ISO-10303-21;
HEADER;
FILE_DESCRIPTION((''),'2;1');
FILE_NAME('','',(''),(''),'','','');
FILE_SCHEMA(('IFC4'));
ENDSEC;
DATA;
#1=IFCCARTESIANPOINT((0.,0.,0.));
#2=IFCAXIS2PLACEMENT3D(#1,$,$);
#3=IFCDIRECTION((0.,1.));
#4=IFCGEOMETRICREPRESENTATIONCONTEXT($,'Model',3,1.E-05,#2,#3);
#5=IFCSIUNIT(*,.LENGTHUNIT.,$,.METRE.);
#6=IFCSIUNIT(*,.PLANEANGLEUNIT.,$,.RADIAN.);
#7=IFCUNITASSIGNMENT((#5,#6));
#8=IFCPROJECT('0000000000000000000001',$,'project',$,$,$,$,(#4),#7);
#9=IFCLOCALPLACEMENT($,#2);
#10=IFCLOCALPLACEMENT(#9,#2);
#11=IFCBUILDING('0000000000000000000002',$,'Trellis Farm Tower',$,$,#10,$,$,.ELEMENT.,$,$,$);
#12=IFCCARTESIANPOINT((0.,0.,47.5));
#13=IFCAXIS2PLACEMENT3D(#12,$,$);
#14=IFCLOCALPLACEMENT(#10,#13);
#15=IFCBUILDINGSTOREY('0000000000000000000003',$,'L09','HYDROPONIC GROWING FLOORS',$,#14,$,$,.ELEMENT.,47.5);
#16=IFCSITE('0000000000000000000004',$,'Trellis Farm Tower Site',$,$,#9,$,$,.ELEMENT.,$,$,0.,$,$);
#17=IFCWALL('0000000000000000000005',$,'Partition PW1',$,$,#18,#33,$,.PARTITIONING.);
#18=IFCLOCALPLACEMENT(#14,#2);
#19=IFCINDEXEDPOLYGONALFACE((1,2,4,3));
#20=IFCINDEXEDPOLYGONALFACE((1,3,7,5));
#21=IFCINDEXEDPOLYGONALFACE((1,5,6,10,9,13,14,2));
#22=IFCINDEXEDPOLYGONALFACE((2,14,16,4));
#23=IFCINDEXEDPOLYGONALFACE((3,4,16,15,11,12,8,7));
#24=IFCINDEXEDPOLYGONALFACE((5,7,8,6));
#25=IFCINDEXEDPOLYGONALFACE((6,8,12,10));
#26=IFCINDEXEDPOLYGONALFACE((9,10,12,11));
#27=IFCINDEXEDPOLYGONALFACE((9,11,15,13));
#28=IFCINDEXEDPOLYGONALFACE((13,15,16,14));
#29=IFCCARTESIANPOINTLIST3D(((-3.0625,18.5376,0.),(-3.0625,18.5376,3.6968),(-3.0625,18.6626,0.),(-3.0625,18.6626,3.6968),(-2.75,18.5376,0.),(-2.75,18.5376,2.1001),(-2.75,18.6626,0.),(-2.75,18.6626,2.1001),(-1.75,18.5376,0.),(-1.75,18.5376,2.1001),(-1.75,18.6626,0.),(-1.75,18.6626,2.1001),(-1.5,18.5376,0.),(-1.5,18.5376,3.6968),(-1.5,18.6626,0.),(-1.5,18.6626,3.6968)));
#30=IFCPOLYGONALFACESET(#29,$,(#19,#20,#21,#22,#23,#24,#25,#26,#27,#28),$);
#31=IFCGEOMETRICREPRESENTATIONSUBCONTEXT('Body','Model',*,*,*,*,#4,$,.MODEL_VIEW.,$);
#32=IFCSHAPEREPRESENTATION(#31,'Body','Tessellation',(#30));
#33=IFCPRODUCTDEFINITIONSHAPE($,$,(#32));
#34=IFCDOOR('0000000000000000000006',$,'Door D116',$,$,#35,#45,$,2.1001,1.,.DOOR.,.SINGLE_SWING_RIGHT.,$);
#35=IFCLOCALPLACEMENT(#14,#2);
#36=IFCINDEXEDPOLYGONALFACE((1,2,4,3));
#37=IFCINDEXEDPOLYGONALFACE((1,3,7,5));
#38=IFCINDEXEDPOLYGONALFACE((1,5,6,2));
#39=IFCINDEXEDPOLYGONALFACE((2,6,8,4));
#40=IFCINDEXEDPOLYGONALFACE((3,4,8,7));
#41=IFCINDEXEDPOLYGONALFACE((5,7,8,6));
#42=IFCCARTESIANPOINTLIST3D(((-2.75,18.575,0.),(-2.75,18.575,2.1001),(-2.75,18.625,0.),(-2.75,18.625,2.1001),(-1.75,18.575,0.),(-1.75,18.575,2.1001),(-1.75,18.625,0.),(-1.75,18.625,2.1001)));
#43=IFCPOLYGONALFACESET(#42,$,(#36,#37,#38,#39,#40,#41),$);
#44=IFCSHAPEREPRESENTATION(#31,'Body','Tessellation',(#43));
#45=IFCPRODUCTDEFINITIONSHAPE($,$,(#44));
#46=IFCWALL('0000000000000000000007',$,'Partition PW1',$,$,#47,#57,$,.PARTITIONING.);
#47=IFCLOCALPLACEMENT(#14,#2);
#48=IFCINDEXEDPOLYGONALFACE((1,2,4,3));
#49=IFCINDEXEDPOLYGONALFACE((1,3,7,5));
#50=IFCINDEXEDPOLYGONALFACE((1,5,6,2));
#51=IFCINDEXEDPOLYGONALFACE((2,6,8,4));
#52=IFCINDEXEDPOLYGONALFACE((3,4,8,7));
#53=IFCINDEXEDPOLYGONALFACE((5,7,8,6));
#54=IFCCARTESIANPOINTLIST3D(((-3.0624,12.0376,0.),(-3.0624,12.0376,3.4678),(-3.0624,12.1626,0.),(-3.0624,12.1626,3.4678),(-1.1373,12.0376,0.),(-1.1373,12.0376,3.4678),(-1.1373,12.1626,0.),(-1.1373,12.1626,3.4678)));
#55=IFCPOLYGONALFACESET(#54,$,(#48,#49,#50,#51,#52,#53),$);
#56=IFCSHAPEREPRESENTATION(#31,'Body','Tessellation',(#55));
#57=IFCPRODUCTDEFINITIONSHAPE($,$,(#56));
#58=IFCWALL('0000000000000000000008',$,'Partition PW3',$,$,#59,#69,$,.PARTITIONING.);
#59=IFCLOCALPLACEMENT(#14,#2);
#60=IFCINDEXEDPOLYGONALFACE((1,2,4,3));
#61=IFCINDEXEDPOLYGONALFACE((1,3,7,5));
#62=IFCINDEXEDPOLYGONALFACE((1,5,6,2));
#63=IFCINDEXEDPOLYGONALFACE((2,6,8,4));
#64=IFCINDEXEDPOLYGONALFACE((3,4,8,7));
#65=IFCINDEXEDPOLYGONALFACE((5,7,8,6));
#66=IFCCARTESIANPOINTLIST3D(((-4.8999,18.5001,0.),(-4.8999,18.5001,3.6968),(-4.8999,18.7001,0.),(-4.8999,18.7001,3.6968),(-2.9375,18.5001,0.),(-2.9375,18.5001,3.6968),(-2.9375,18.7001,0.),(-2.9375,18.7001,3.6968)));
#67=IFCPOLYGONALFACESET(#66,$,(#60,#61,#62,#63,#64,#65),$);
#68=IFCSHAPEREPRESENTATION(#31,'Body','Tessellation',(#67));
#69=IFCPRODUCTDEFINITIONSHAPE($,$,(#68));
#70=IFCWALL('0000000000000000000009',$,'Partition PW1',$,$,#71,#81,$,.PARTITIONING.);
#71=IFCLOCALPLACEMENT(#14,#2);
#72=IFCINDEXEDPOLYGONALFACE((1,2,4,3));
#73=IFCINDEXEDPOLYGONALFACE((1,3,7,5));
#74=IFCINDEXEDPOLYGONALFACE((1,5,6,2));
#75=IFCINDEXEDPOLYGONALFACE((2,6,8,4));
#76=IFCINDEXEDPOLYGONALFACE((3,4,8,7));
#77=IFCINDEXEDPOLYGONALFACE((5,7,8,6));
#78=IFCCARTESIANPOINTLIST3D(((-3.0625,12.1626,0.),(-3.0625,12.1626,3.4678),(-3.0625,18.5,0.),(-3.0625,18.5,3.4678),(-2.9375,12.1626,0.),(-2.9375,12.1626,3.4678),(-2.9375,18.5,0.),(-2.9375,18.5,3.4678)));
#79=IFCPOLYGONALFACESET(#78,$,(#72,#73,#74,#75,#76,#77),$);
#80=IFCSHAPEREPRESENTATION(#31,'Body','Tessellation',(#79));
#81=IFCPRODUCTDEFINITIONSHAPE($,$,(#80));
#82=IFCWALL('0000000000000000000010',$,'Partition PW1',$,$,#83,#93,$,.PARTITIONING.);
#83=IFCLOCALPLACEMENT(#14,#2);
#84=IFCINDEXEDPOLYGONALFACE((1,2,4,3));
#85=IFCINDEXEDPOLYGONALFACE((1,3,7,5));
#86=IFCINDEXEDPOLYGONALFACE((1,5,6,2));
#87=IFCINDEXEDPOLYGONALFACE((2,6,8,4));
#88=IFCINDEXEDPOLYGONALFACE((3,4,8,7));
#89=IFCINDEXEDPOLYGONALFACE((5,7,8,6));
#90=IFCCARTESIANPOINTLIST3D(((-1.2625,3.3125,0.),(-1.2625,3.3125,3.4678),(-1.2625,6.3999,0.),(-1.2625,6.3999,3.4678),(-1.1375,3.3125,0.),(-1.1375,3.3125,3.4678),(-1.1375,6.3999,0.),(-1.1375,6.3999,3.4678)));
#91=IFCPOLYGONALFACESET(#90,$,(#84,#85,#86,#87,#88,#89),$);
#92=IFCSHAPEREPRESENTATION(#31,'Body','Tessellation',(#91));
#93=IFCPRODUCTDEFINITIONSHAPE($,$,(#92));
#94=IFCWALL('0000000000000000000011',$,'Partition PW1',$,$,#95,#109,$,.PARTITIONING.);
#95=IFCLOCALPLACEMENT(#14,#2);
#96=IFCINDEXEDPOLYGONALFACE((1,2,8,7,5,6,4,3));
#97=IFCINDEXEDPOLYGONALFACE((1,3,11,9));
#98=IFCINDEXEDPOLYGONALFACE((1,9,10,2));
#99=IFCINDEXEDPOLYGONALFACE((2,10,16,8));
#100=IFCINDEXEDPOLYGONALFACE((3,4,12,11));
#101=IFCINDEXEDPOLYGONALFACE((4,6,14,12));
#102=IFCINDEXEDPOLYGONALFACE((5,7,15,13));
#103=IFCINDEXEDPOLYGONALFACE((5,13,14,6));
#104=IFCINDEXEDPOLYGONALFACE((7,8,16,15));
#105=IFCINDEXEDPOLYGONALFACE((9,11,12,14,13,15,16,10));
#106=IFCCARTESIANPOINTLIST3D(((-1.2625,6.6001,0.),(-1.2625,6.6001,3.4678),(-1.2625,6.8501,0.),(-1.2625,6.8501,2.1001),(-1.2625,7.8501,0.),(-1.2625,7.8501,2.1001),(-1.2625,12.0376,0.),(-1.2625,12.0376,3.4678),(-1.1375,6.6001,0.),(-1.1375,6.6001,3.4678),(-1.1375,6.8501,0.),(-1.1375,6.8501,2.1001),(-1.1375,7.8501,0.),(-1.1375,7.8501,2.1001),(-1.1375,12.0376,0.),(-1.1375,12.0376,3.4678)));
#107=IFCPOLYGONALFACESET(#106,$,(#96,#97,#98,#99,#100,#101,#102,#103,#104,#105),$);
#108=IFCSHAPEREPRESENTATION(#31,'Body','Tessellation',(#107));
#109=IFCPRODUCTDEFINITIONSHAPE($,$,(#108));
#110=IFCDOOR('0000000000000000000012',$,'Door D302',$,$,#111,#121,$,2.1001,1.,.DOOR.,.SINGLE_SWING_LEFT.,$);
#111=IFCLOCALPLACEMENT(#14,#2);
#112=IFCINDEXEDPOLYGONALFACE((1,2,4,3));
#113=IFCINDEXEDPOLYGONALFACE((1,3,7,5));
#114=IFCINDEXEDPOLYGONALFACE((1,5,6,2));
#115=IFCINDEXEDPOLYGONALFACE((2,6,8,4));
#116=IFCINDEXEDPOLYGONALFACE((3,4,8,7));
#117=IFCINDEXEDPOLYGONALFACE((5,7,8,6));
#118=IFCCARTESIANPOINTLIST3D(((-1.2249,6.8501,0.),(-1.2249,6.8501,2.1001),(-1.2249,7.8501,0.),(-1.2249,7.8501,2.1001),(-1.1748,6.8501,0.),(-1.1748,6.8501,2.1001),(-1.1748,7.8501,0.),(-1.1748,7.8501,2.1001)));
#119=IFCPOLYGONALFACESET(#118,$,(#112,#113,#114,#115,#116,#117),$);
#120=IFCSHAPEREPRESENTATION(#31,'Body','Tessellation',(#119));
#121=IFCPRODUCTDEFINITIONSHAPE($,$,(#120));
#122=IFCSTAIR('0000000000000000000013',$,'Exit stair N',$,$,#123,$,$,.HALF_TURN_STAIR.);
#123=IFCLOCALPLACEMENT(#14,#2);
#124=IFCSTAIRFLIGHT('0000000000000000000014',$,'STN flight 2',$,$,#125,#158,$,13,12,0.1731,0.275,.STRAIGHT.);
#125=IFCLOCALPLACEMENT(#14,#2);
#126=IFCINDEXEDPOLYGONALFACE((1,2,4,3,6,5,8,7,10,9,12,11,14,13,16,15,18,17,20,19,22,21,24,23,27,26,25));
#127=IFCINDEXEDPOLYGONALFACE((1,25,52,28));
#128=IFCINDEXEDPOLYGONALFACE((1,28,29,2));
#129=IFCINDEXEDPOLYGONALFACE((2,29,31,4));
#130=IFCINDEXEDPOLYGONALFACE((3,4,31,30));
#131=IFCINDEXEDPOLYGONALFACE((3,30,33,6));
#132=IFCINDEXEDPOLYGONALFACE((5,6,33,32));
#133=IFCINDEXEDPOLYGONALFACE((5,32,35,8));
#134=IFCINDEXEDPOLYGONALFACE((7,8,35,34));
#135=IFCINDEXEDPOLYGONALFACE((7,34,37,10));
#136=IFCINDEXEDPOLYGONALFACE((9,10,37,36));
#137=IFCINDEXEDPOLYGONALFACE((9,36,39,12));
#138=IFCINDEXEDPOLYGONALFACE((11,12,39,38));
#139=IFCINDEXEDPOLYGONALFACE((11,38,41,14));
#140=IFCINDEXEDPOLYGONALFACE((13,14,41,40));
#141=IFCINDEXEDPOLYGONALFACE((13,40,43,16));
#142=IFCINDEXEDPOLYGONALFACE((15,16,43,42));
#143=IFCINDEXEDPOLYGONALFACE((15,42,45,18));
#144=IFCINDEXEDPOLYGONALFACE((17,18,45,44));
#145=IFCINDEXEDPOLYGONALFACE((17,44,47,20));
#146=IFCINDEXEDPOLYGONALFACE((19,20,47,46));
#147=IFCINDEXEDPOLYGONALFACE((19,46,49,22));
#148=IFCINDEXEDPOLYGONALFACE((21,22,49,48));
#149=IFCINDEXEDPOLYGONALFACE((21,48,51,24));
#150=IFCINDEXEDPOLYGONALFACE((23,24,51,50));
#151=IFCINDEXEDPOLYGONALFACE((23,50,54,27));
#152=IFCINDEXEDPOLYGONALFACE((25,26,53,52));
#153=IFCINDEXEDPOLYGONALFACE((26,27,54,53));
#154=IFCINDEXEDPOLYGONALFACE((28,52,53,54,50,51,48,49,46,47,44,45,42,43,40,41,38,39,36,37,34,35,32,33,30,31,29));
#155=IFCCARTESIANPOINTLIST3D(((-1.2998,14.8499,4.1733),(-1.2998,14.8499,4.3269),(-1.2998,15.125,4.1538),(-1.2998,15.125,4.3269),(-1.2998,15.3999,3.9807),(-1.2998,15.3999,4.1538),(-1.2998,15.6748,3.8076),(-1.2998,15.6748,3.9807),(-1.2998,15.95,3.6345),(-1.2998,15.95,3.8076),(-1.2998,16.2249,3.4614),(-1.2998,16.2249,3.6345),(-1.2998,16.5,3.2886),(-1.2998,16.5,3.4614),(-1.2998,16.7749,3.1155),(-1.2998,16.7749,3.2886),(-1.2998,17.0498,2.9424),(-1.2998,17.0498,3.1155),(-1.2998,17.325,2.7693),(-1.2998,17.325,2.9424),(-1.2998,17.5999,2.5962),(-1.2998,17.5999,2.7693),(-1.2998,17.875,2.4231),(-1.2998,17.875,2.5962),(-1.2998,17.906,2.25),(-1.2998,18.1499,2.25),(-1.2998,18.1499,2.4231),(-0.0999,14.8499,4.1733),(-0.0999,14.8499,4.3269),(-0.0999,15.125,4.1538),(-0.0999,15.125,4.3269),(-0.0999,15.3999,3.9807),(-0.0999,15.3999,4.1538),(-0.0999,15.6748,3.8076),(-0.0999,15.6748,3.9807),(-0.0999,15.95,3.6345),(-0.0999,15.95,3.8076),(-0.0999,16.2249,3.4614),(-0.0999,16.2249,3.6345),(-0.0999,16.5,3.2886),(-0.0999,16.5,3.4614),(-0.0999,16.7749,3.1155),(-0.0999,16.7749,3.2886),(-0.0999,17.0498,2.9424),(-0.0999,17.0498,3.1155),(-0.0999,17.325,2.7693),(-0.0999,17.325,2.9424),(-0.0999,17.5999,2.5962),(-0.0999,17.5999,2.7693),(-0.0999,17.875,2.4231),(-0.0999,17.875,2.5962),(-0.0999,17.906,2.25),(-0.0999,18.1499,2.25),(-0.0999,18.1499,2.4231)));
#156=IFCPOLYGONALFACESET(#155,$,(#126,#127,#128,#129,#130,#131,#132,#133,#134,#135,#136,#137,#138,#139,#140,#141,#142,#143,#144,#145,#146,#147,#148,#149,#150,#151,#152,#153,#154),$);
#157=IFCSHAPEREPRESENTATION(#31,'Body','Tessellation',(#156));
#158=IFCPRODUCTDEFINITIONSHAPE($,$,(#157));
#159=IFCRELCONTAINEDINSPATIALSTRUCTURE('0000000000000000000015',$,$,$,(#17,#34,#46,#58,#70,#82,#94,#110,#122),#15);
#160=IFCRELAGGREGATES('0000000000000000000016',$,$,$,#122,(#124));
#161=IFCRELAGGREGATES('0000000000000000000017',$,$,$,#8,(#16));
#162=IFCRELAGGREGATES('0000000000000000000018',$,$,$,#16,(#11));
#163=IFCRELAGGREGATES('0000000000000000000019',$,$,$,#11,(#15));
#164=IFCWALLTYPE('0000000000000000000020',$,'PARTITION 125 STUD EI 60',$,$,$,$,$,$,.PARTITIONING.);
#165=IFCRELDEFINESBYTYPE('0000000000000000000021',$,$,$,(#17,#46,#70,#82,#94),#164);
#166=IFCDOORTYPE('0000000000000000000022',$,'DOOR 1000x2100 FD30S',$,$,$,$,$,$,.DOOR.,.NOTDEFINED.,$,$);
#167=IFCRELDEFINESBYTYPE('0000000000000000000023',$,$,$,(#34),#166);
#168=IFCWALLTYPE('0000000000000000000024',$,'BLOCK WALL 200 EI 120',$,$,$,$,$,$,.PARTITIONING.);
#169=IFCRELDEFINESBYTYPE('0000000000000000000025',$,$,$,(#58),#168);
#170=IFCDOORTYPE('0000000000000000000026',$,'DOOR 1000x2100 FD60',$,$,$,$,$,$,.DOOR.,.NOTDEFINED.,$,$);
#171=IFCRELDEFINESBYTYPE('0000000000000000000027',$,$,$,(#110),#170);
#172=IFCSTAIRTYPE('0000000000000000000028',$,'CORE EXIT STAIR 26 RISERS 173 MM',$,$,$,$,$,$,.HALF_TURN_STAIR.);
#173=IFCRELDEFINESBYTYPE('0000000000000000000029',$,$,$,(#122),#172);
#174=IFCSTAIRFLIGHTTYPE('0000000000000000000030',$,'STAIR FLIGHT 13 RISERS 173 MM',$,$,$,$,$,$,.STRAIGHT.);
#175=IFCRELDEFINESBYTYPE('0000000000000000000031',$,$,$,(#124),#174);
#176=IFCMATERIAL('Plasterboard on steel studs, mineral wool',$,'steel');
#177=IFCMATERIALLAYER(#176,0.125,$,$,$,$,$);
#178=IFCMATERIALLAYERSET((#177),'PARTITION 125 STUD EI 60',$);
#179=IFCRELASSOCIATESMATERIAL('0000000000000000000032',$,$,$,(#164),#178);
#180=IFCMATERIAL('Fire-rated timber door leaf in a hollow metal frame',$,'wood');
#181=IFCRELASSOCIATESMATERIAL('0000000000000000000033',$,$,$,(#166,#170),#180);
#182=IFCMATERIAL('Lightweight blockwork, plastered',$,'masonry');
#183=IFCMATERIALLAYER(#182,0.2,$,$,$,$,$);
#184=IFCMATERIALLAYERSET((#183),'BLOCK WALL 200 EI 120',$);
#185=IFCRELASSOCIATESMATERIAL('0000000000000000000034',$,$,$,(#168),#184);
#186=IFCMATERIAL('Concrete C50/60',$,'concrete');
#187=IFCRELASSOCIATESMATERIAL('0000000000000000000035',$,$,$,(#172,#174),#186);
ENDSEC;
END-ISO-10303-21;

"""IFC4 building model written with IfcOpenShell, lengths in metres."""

from ifc_helpers import new_model, si_unit, direction, frame, frame_2d, origin, place, context, subcontext, project, spatial, polyline, rectangle, outline, extrude, source, transform, mapped, material, layer, layer_set, type_object, element, fill, aggregate, save


model = new_model("IFC4")

# Units and contexts
model_context = context("Model", 3, precision=1e-05, world=origin(), true_north=direction((0.0, 1.0)))
body_context = subcontext(model_context, "Body", "Model", "MODEL_VIEW")
ifc_project = project(units=[si_unit("LENGTHUNIT", "METRE"), si_unit("PLANEANGLEUNIT", "RADIAN")], contexts=[model_context])

# Site, building, storey
site_placement = place(None, origin())
site = spatial("IfcSite", under=ifc_project, at=site_placement, Name="Trellis Farm Tower Site", CompositionType="ELEMENT", RefElevation=0.0)
building_placement = place(site_placement, origin())
building = spatial("IfcBuilding", under=site, at=building_placement, Name="Trellis Farm Tower", CompositionType="ELEMENT")
storey_placement = place(building_placement, frame((0.0, 0.0, 47.5)))
storey = spatial("IfcBuildingStorey", under=building, at=storey_placement, Name="L09", Description="HYDROPONIC GROWING FLOORS", CompositionType="ELEMENT", Elevation=47.5)

# Shared definitions
placement = place(storey_placement, origin())

# Wall, opening, door
ifc_material_1 = material(Name="Plasterboard on steel studs, mineral wool", Category="steel")
ifc_layer_1 = layer(ifc_material_1, 0.125)
ifc_layer_set_1 = layer_set([ifc_layer_1], Name="PARTITION 125 STUD EI 60")
wall_type_1 = type_object("IfcWallType", Name="PARTITION 125 STUD EI 60", PredefinedType="PARTITIONING", material=ifc_layer_set_1)
shared_shape_1 = source(origin(), body_context, "Body", "SweptSolid", [
    extrude(rectangle(XDim=1.5625, YDim=0.125, at=frame_2d((0.7812, 0.0))), origin(), (0.0, 0.0, 1.0), 3.6968),
])
wall_1_placement = place(storey_placement, frame((-3.0625, 18.6001, 0.0), z_axis=(0.0, 0.0, 1.0), x_axis=(1.0, 0.0, 0.0)))
wall_1 = element("IfcWall", 1, at=wall_1_placement, inside=storey, type_object=wall_type_1, Name="Partition PW1", PredefinedType="PARTITIONING", context=body_context, shape_type="MappedRepresentation", body=[
    mapped(shared_shape_1, transform((0.0, 0.0, 0.0))),
])
shared_shape_2 = source(origin(), body_context, "Body", "SweptSolid", [
    extrude(rectangle(XDim=1.0, YDim=2.1001, at=frame_2d((0.5, 1.05))), frame((0.0, 0.0725, 0.0), z_axis=(0.0, -1.0, 0.0), x_axis=(1.0, 0.0, 0.0)), (0.0, 0.0, 1.0), 0.145),
])
opening_1_placement = place(wall_1_placement, frame((0.3125, 0.0, 0.0)))
opening_1 = element("IfcOpeningElement", 2, at=opening_1_placement, cuts=wall_1, PredefinedType="OPENING", context=body_context, shape_type="MappedRepresentation", body=[
    mapped(shared_shape_2, transform((0.0, 0.0, 0.0))),
])
ifc_material_2 = material(Name="Fire-rated timber door leaf in a hollow metal frame", Category="wood")
door_type_1 = type_object("IfcDoorType", Name="DOOR 1000x2100 FD30S", OperationType="NOTDEFINED", PredefinedType="DOOR", material=ifc_material_2)
shared_shape_3 = source(origin(), body_context, "Body", "SweptSolid", [
    extrude(rectangle(XDim=1.0, YDim=2.1001, at=frame_2d((0.5, 1.05))), frame((0.0, 0.0249, 0.0), z_axis=(0.0, -1.0, 0.0), x_axis=(1.0, 0.0, 0.0)), (0.0, 0.0, 1.0), 0.05),
])
door_1_placement = place(opening_1_placement, origin())
door_1 = element("IfcDoor", 3, at=door_1_placement, inside=storey, type_object=door_type_1, Name="Door D116", OperationType="SINGLE_SWING_RIGHT", OverallHeight=2.1001, OverallWidth=1.0, PredefinedType="DOOR", context=body_context, shape_type="MappedRepresentation", body=[
    mapped(shared_shape_3, transform((0.0, 0.0, 0.0))),
])
fill(opening_1, door_1)

# Walls
shared_shape_4 = source(origin(), body_context, "Body", "SweptSolid", [
    extrude(rectangle(XDim=1.925, YDim=0.125, at=frame_2d((0.9624, 0.0))), origin(), (0.0, 0.0, 1.0), 3.4678),
])
wall_2_placement = place(storey_placement, frame((-1.1375, 12.1001, 0.0), z_axis=(0.0, 0.0, 1.0), x_axis=(-1.0, 0.0, 0.0)))
element("IfcWall", 4, at=wall_2_placement, inside=storey, type_object=wall_type_1, Name="Partition PW1", PredefinedType="PARTITIONING", context=body_context, shape_type="MappedRepresentation", body=[
    mapped(shared_shape_4, transform((0.0, 0.0, 0.0))),
])
ifc_material_3 = material(Name="Lightweight blockwork, plastered", Category="masonry")
ifc_layer_2 = layer(ifc_material_3, 0.2)
ifc_layer_set_2 = layer_set([ifc_layer_2], Name="BLOCK WALL 200 EI 120")
wall_type_2 = type_object("IfcWallType", Name="BLOCK WALL 200 EI 120", PredefinedType="PARTITIONING", material=ifc_layer_set_2)
shared_shape_5 = source(origin(), body_context, "Body", "SweptSolid", [
    extrude(rectangle(XDim=1.9624, YDim=0.2, at=frame_2d((0.9812, 0.0))), origin(), (0.0, 0.0, 1.0), 3.6968),
])
wall_3_placement = place(storey_placement, frame((-4.8999, 18.6001, 0.0), z_axis=(0.0, 0.0, 1.0), x_axis=(1.0, 0.0, 0.0)))
element("IfcWall", 5, at=wall_3_placement, inside=storey, type_object=wall_type_2, Name="Partition PW3", PredefinedType="PARTITIONING", context=body_context, shape_type="MappedRepresentation", body=[
    mapped(shared_shape_5, transform((0.0, 0.0, 0.0))),
])
shared_shape_6 = source(origin(), body_context, "Body", "SweptSolid", [
    extrude(rectangle(XDim=6.3374, YDim=0.125, at=frame_2d((3.1687, 0.0))), origin(), (0.0, 0.0, 1.0), 3.4678),
])
wall_4_placement = place(storey_placement, frame((-3.0, 12.1626, 0.0), z_axis=(0.0, 0.0, 1.0), x_axis=(0.0, 1.0, 0.0)))
element("IfcWall", 6, at=wall_4_placement, inside=storey, type_object=wall_type_1, Name="Partition PW1", PredefinedType="PARTITIONING", context=body_context, shape_type="MappedRepresentation", body=[
    mapped(shared_shape_6, transform((0.0, 0.0, 0.0))),
])
shared_shape_7 = source(origin(), body_context, "Body", "SweptSolid", [
    extrude(rectangle(XDim=3.0874, YDim=0.125, at=frame_2d((1.5437, 0.0))), origin(), (0.0, 0.0, 1.0), 3.4678),
])
wall_5_placement = place(storey_placement, frame((-1.2, 6.3999, 0.0), z_axis=(0.0, 0.0, 1.0), x_axis=(0.0, -1.0, 0.0)))
element("IfcWall", 7, at=wall_5_placement, inside=storey, type_object=wall_type_1, Name="Partition PW1", PredefinedType="PARTITIONING", context=body_context, shape_type="MappedRepresentation", body=[
    mapped(shared_shape_7, transform((0.0, 0.0, 0.0))),
])

# Wall, opening, door
shared_shape_8 = source(origin(), body_context, "Body", "SweptSolid", [
    extrude(rectangle(XDim=5.4375, YDim=0.125, at=frame_2d((2.7188, 0.0))), origin(), (0.0, 0.0, 1.0), 3.4678),
])
wall_6_placement = place(storey_placement, frame((-1.2, 6.6001, 0.0), z_axis=(0.0, 0.0, 1.0), x_axis=(0.0, 1.0, 0.0)))
wall_6 = element("IfcWall", 8, at=wall_6_placement, inside=storey, type_object=wall_type_1, Name="Partition PW1", PredefinedType="PARTITIONING", context=body_context, shape_type="MappedRepresentation", body=[
    mapped(shared_shape_8, transform((0.0, 0.0, 0.0))),
])
opening_2_placement = place(wall_6_placement, frame((0.25, 0.0, 0.0)))
opening_2 = element("IfcOpeningElement", 9, at=opening_2_placement, cuts=wall_6, PredefinedType="OPENING", context=body_context, shape_type="MappedRepresentation", body=[
    mapped(shared_shape_2, transform((0.0, 0.0, 0.0))),
])
door_type_2 = type_object("IfcDoorType", Name="DOOR 1000x2100 FD60", OperationType="NOTDEFINED", PredefinedType="DOOR", material=ifc_material_2)
door_2_placement = place(opening_2_placement, origin())
door_2 = element("IfcDoor", 10, at=door_2_placement, inside=storey, type_object=door_type_2, Name="Door D302", OperationType="SINGLE_SWING_LEFT", OverallHeight=2.1001, OverallWidth=1.0, PredefinedType="DOOR", context=body_context, shape_type="MappedRepresentation", body=[
    mapped(shared_shape_3, transform((0.0, 0.0, 0.0))),
])
fill(opening_2, door_2)

# Stair, stair flight
ifc_material_4 = material(Name="Concrete C50/60", Category="concrete")
stair_type = type_object("IfcStairType", Name="CORE EXIT STAIR 26 RISERS 173 MM", PredefinedType="HALF_TURN_STAIR", material=ifc_material_4)
stair = element("IfcStair", 11, at=placement, inside=storey, type_object=stair_type, Name="Exit stair N", PredefinedType="HALF_TURN_STAIR")
stair_flight_type = type_object("IfcStairFlightType", Name="STAIR FLIGHT 13 RISERS 173 MM", PredefinedType="STRAIGHT", material=ifc_material_4)
shared_shape_9 = source(origin(), body_context, "Body", "SweptSolid", [
    extrude(outline(polyline([(0.0, 0.0), (0.0, 0.1731), (0.2749, 0.1731), (0.2749, 0.3462), (0.55, 0.3462), (0.55, 0.5193), (0.825, 0.5193), (0.825, 0.6924), (1.1001, 0.6924), (1.1001, 0.8655), (1.375, 0.8655), (1.375, 1.0386), (1.6499, 1.0386), (1.6499, 1.2114), (1.925, 1.2114), (1.925, 1.3845), (2.2, 1.3845), (2.2, 1.5576), (2.4751, 1.5576), (2.4751, 1.7307), (2.75, 1.7307), (2.75, 1.9038), (3.0249, 1.9038), (3.0249, 2.0769), (3.3, 2.0769), (3.3, 2.25), (3.3, 1.9233), (0.2439, 0.0), (0.0, 0.0)])), frame((0.0, 0.6001, 0.0), z_axis=(0.0, -1.0, 0.0), x_axis=(1.0, 0.0, 0.0)), (0.0, 0.0, 1.0), 1.2),
])
stair_flight_placement = place(storey_placement, frame((-0.7, 18.1499, 2.25), z_axis=(0.0, 0.0, 1.0), x_axis=(0.0, -1.0, 0.0)))
stair_flight = element("IfcStairFlight", 12, at=stair_flight_placement, type_object=stair_flight_type, Name="STN flight 2", NumberOfRisers=13, NumberOfTreads=12, PredefinedType="STRAIGHT", RiserHeight=0.1731, TreadLength=0.275, context=body_context, shape_type="MappedRepresentation", body=[
    mapped(shared_shape_9, transform((0.0, 0.0, 0.0))),
])
aggregate(stair, [stair_flight])

save(model, "model.ifc")
